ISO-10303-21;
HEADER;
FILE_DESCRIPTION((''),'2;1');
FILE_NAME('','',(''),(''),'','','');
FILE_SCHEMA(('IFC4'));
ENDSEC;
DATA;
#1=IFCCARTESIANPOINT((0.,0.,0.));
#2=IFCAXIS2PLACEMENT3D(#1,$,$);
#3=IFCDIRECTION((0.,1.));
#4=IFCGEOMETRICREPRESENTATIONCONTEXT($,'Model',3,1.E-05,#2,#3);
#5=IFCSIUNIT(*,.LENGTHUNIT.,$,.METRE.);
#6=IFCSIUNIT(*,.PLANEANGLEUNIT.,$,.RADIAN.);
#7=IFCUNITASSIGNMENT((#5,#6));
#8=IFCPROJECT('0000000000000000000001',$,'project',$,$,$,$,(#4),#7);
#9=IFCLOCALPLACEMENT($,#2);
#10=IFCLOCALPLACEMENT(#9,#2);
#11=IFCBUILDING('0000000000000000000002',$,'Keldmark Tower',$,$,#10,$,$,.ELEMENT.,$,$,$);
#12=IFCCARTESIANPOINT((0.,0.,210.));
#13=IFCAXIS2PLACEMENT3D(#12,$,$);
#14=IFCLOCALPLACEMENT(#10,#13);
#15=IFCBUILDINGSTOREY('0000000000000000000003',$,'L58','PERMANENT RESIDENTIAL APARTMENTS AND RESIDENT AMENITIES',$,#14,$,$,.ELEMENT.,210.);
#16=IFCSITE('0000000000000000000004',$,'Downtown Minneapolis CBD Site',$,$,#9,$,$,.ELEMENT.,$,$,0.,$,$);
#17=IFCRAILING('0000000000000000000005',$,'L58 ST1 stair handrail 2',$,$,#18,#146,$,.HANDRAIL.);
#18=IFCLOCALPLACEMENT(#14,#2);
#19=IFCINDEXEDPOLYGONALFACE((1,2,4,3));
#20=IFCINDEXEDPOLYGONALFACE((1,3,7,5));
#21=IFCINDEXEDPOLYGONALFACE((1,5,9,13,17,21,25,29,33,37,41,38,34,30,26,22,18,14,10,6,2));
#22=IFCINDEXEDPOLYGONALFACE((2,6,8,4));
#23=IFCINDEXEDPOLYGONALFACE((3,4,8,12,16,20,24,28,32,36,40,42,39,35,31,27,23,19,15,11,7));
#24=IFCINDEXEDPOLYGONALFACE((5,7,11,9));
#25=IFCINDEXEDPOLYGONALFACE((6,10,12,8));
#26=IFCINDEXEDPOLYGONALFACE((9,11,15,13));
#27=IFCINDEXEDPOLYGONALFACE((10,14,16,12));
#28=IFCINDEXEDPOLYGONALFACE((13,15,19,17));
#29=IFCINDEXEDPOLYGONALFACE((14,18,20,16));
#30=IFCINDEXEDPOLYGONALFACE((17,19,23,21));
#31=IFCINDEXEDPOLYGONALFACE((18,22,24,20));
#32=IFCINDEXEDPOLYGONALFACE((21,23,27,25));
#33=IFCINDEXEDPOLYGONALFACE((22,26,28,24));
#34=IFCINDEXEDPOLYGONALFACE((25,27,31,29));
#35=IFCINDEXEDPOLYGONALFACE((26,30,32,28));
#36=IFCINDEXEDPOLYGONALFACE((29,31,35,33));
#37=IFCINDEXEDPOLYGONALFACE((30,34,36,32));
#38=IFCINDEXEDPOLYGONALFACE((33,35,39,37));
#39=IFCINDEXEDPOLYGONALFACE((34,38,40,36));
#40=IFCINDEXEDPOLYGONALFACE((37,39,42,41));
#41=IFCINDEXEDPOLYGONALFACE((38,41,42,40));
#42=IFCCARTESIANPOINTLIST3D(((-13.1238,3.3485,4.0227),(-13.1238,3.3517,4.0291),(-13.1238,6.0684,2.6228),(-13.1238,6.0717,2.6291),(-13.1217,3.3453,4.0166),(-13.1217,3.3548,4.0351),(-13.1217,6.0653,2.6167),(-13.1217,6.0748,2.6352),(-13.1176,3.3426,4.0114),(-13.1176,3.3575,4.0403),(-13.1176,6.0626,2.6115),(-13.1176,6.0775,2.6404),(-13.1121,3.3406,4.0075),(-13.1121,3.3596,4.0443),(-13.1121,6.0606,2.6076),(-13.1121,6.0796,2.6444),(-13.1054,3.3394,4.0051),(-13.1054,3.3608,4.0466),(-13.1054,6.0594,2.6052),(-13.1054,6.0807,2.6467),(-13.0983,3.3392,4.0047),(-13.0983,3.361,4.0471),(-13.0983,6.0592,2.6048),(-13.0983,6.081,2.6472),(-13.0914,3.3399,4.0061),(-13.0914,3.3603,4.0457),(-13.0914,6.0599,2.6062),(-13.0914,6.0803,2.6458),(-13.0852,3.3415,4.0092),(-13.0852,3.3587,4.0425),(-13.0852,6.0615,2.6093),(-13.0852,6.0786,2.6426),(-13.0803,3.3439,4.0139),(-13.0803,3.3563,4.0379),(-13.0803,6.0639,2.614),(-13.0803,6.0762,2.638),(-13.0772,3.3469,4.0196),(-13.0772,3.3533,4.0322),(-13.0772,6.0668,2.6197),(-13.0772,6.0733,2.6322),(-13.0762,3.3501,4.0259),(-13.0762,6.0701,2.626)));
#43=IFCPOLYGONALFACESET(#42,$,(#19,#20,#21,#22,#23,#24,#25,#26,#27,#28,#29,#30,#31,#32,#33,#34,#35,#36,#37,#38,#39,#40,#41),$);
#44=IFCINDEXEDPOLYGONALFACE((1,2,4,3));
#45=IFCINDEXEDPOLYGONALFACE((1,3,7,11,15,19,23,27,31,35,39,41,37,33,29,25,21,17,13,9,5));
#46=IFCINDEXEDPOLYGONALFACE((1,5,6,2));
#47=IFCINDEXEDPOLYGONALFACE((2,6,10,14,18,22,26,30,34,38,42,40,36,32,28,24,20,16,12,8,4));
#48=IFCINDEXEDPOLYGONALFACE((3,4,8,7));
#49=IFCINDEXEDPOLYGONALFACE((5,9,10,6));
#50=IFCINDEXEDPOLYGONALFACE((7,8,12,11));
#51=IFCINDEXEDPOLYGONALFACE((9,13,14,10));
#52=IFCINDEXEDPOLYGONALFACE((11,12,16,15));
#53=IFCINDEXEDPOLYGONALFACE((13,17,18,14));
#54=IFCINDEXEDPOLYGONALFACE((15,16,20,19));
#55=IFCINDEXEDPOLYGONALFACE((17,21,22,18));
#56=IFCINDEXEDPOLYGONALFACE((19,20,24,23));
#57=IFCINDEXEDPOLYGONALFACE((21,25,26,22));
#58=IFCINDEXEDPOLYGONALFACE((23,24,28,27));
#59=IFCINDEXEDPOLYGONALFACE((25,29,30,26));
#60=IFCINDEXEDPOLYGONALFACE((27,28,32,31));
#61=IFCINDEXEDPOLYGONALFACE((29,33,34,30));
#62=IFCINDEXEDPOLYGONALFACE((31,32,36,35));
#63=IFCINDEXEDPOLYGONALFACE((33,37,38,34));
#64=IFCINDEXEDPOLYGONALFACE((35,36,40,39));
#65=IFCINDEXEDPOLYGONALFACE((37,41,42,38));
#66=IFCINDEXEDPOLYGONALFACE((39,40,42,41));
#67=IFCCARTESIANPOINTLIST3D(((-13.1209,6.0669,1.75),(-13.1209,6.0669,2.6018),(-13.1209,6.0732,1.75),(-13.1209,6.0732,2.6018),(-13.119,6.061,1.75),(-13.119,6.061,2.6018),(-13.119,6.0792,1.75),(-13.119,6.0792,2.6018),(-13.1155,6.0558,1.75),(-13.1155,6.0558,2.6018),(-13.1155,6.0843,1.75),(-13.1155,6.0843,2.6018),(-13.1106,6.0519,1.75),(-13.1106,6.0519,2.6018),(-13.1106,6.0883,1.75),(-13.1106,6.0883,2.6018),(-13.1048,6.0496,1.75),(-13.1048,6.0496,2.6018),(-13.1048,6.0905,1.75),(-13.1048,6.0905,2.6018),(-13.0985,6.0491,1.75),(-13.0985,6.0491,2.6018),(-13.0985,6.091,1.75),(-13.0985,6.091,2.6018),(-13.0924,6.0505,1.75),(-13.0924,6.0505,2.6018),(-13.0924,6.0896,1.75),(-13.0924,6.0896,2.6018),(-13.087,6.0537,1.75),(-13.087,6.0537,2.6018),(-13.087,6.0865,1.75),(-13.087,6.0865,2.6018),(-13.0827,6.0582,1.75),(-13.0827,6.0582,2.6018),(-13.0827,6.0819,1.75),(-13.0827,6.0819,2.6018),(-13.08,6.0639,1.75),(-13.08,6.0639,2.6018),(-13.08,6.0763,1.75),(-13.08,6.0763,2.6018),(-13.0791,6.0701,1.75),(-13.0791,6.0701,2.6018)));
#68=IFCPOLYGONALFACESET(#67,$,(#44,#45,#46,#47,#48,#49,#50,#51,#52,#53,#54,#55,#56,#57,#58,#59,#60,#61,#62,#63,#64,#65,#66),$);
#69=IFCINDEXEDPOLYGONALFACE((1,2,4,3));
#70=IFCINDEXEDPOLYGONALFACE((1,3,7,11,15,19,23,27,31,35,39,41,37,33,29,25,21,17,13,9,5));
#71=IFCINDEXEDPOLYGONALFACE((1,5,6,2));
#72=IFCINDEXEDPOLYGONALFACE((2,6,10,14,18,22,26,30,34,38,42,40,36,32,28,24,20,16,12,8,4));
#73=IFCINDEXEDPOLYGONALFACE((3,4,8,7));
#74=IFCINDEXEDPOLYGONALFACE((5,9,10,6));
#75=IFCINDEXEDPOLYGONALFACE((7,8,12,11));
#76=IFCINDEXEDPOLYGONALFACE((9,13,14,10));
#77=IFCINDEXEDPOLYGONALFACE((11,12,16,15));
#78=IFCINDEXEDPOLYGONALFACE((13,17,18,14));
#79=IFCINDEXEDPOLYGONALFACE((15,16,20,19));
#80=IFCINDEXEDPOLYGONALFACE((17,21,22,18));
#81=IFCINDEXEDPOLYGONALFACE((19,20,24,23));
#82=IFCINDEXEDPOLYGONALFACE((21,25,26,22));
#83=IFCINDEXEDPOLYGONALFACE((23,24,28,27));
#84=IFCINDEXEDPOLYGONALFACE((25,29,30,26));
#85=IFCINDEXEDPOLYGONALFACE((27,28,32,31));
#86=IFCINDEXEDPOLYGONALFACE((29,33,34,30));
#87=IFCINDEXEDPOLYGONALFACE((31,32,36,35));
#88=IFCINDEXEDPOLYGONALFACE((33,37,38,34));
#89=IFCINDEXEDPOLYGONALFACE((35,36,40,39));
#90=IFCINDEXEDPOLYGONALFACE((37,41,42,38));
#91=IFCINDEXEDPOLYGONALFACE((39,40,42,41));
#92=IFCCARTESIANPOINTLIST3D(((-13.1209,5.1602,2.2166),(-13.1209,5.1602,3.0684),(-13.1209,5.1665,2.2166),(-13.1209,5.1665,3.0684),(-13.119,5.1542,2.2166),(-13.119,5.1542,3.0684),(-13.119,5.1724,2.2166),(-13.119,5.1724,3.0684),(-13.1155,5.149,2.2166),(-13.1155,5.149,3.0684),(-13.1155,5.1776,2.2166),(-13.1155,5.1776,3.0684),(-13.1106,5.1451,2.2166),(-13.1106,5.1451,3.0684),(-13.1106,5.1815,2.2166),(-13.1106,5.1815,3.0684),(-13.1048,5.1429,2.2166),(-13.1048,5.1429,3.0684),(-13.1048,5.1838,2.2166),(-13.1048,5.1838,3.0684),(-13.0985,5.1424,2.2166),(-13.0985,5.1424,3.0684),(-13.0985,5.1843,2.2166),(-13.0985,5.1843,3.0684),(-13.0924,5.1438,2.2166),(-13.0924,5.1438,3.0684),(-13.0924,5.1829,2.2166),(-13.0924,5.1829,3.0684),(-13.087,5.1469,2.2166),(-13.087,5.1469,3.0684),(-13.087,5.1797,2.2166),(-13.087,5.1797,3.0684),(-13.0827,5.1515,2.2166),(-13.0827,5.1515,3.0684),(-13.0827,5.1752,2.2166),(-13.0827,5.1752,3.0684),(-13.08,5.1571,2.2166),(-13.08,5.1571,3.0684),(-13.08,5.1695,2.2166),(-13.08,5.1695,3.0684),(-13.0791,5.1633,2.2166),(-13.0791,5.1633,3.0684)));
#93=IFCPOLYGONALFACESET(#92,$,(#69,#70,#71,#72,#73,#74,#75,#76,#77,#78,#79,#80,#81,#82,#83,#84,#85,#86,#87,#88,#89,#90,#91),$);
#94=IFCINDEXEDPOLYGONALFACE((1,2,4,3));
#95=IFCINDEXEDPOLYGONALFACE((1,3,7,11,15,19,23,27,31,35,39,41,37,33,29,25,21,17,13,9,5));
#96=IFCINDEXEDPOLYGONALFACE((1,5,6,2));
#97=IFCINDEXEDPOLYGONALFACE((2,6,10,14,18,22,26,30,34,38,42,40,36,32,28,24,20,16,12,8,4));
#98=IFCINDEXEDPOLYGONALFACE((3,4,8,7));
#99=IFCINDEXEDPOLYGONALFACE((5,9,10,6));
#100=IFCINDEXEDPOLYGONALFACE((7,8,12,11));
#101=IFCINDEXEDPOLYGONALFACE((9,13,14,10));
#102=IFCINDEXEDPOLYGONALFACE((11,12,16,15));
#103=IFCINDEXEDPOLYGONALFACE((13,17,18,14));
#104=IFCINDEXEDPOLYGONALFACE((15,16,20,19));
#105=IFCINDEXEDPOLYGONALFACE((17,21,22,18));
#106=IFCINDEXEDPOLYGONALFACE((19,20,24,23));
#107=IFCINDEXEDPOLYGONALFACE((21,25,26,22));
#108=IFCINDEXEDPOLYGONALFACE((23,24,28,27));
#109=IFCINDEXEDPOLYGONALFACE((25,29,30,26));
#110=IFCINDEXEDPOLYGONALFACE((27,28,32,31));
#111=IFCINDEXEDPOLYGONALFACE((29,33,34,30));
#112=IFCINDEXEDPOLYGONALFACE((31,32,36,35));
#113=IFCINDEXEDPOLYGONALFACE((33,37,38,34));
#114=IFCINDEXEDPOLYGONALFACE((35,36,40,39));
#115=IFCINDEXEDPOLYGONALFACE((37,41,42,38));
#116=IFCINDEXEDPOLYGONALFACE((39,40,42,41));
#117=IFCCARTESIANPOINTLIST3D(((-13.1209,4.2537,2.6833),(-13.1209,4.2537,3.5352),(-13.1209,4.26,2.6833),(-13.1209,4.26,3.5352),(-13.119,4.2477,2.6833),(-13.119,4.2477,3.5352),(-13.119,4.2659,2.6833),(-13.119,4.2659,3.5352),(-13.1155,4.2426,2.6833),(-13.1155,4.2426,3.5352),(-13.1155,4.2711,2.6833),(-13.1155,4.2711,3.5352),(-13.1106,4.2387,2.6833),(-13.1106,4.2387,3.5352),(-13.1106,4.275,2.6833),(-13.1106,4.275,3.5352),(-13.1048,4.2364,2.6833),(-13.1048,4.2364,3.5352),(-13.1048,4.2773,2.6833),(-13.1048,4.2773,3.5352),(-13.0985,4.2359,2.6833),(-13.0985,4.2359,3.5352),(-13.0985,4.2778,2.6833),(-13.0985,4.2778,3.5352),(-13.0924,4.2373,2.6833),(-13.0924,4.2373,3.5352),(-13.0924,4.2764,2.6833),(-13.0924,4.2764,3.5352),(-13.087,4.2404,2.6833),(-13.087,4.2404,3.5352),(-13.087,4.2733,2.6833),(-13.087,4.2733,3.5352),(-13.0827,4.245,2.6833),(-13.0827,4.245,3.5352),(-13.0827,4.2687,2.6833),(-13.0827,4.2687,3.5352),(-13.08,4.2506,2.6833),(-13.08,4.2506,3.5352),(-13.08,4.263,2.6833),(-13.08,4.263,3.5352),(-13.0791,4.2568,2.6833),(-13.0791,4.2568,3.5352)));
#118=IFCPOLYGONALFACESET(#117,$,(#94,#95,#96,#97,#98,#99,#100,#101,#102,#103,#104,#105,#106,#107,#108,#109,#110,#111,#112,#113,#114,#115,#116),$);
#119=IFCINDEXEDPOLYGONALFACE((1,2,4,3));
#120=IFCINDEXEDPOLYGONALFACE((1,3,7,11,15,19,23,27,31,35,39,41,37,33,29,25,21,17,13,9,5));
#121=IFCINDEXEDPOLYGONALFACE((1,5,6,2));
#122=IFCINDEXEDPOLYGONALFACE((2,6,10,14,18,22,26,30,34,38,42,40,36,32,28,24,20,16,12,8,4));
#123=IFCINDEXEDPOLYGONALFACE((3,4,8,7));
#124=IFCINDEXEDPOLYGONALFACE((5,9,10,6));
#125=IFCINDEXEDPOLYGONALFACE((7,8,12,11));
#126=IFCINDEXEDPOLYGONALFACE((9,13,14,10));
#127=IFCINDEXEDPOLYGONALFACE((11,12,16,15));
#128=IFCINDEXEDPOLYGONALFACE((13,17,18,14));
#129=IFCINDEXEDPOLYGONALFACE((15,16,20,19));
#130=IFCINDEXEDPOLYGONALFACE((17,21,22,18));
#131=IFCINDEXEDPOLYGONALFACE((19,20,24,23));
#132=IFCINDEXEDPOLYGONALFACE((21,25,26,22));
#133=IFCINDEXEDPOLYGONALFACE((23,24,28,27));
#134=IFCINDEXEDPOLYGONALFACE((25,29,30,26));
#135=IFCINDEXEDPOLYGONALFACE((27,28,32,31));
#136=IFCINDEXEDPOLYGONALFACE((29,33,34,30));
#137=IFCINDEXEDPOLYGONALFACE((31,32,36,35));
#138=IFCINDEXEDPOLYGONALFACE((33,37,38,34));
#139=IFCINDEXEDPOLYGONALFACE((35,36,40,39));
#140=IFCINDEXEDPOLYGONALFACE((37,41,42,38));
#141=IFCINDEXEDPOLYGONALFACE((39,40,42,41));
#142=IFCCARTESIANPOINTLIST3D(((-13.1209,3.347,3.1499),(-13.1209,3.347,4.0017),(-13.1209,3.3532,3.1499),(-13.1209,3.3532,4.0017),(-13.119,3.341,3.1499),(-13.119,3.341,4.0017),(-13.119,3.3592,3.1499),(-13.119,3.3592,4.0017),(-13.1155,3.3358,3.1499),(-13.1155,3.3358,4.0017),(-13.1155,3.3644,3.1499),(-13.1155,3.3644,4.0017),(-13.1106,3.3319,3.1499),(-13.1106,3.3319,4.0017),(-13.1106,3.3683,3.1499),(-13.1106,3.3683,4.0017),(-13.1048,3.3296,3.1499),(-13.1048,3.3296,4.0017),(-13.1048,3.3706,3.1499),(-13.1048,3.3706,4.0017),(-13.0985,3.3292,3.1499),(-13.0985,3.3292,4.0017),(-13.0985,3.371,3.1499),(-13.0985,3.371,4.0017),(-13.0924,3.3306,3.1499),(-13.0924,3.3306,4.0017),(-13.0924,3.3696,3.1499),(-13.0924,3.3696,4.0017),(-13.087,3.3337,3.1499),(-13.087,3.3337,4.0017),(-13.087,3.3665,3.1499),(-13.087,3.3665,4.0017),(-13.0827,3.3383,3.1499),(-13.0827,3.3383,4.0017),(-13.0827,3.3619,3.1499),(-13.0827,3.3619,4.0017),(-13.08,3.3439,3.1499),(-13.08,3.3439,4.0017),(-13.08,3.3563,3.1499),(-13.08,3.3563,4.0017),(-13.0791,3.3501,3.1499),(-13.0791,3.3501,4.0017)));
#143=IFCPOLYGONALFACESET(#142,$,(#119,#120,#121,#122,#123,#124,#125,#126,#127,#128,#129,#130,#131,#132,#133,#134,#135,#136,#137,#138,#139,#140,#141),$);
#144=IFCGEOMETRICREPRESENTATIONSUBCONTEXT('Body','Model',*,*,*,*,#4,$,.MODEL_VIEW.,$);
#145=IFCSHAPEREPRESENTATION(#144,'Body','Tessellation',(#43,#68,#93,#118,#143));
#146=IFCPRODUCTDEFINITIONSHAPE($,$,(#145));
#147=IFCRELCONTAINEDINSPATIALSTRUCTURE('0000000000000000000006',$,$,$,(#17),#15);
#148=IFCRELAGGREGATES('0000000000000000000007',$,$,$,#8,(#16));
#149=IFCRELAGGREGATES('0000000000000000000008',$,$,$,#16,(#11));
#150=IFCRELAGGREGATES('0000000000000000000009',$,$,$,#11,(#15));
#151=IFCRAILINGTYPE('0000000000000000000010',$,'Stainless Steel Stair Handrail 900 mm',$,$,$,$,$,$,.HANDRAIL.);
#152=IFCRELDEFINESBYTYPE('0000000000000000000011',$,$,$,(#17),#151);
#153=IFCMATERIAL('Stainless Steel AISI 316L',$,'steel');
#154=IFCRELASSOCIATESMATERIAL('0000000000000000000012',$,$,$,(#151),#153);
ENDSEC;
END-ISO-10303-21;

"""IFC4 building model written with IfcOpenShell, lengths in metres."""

from ifc_helpers import new_model, si_unit, direction, frame, origin, origin_2d, place, context, subcontext, project, spatial, circle, extrude, material, type_object, element, save


model = new_model("IFC4")

# Units and contexts
model_context = context("Model", 3, precision=1e-05, world=origin(), true_north=direction((0.0, 1.0)))
body_context = subcontext(model_context, "Body", "Model", "MODEL_VIEW")
ifc_project = project(units=[si_unit("LENGTHUNIT", "METRE"), si_unit("PLANEANGLEUNIT", "RADIAN")], contexts=[model_context])

# Site, building, storey
site_placement = place(None, origin())
site = spatial("IfcSite", under=ifc_project, at=site_placement, Name="Downtown Minneapolis CBD Site", CompositionType="ELEMENT", RefElevation=0.0)
building_placement = place(site_placement, origin())
building = spatial("IfcBuilding", under=site, at=building_placement, Name="Keldmark Tower", CompositionType="ELEMENT")
storey_placement = place(building_placement, frame((0.0, 0.0, 210.0)))
storey = spatial("IfcBuildingStorey", under=building, at=storey_placement, Name="L58", Description="PERMANENT RESIDENTIAL APARTMENTS AND RESIDENT AMENITIES", CompositionType="ELEMENT", Elevation=210.0)

# Railing
ifc_material_1 = material(Name="Stainless Steel AISI 316L", Category="steel")
railing_type_1 = type_object("IfcRailingType", Name="Stainless Steel Stair Handrail 900 mm", PredefinedType="HANDRAIL", material=ifc_material_1)
railing_1_placement = place(storey_placement, frame((-13.1001, 6.0701, 1.75)))
element("IfcRailing", 1, at=railing_1_placement, inside=storey, type_object=railing_type_1, Name="L58 ST1 stair handrail 2", PredefinedType="HANDRAIL", context=body_context, shape_type="SweptSolid", body=[
    extrude(circle(Radius=0.0239, at=origin_2d()), frame((0.0, 0.0, 0.876), z_axis=(0.0, -0.889147, 0.457622), x_axis=(1.0, 0.0, 0.0)), (0.0, 0.0, 1.0), 3.0591),
    extrude(circle(Radius=0.021, at=origin_2d()), origin(), (0.0, 0.0, 1.0), 0.8518),
    extrude(circle(Radius=0.021, at=origin_2d()), frame((0.0, -0.9067, 0.4666)), (0.0, 0.0, 1.0), 0.8518),
    extrude(circle(Radius=0.021, at=origin_2d()), frame((0.0, -1.8132, 0.9333)), (0.0, 0.0, 1.0), 0.8518),
    extrude(circle(Radius=0.021, at=origin_2d()), frame((0.0, -2.72, 1.3999)), (0.0, 0.0, 1.0), 0.8518),
])

save(model, "model.ifc")
